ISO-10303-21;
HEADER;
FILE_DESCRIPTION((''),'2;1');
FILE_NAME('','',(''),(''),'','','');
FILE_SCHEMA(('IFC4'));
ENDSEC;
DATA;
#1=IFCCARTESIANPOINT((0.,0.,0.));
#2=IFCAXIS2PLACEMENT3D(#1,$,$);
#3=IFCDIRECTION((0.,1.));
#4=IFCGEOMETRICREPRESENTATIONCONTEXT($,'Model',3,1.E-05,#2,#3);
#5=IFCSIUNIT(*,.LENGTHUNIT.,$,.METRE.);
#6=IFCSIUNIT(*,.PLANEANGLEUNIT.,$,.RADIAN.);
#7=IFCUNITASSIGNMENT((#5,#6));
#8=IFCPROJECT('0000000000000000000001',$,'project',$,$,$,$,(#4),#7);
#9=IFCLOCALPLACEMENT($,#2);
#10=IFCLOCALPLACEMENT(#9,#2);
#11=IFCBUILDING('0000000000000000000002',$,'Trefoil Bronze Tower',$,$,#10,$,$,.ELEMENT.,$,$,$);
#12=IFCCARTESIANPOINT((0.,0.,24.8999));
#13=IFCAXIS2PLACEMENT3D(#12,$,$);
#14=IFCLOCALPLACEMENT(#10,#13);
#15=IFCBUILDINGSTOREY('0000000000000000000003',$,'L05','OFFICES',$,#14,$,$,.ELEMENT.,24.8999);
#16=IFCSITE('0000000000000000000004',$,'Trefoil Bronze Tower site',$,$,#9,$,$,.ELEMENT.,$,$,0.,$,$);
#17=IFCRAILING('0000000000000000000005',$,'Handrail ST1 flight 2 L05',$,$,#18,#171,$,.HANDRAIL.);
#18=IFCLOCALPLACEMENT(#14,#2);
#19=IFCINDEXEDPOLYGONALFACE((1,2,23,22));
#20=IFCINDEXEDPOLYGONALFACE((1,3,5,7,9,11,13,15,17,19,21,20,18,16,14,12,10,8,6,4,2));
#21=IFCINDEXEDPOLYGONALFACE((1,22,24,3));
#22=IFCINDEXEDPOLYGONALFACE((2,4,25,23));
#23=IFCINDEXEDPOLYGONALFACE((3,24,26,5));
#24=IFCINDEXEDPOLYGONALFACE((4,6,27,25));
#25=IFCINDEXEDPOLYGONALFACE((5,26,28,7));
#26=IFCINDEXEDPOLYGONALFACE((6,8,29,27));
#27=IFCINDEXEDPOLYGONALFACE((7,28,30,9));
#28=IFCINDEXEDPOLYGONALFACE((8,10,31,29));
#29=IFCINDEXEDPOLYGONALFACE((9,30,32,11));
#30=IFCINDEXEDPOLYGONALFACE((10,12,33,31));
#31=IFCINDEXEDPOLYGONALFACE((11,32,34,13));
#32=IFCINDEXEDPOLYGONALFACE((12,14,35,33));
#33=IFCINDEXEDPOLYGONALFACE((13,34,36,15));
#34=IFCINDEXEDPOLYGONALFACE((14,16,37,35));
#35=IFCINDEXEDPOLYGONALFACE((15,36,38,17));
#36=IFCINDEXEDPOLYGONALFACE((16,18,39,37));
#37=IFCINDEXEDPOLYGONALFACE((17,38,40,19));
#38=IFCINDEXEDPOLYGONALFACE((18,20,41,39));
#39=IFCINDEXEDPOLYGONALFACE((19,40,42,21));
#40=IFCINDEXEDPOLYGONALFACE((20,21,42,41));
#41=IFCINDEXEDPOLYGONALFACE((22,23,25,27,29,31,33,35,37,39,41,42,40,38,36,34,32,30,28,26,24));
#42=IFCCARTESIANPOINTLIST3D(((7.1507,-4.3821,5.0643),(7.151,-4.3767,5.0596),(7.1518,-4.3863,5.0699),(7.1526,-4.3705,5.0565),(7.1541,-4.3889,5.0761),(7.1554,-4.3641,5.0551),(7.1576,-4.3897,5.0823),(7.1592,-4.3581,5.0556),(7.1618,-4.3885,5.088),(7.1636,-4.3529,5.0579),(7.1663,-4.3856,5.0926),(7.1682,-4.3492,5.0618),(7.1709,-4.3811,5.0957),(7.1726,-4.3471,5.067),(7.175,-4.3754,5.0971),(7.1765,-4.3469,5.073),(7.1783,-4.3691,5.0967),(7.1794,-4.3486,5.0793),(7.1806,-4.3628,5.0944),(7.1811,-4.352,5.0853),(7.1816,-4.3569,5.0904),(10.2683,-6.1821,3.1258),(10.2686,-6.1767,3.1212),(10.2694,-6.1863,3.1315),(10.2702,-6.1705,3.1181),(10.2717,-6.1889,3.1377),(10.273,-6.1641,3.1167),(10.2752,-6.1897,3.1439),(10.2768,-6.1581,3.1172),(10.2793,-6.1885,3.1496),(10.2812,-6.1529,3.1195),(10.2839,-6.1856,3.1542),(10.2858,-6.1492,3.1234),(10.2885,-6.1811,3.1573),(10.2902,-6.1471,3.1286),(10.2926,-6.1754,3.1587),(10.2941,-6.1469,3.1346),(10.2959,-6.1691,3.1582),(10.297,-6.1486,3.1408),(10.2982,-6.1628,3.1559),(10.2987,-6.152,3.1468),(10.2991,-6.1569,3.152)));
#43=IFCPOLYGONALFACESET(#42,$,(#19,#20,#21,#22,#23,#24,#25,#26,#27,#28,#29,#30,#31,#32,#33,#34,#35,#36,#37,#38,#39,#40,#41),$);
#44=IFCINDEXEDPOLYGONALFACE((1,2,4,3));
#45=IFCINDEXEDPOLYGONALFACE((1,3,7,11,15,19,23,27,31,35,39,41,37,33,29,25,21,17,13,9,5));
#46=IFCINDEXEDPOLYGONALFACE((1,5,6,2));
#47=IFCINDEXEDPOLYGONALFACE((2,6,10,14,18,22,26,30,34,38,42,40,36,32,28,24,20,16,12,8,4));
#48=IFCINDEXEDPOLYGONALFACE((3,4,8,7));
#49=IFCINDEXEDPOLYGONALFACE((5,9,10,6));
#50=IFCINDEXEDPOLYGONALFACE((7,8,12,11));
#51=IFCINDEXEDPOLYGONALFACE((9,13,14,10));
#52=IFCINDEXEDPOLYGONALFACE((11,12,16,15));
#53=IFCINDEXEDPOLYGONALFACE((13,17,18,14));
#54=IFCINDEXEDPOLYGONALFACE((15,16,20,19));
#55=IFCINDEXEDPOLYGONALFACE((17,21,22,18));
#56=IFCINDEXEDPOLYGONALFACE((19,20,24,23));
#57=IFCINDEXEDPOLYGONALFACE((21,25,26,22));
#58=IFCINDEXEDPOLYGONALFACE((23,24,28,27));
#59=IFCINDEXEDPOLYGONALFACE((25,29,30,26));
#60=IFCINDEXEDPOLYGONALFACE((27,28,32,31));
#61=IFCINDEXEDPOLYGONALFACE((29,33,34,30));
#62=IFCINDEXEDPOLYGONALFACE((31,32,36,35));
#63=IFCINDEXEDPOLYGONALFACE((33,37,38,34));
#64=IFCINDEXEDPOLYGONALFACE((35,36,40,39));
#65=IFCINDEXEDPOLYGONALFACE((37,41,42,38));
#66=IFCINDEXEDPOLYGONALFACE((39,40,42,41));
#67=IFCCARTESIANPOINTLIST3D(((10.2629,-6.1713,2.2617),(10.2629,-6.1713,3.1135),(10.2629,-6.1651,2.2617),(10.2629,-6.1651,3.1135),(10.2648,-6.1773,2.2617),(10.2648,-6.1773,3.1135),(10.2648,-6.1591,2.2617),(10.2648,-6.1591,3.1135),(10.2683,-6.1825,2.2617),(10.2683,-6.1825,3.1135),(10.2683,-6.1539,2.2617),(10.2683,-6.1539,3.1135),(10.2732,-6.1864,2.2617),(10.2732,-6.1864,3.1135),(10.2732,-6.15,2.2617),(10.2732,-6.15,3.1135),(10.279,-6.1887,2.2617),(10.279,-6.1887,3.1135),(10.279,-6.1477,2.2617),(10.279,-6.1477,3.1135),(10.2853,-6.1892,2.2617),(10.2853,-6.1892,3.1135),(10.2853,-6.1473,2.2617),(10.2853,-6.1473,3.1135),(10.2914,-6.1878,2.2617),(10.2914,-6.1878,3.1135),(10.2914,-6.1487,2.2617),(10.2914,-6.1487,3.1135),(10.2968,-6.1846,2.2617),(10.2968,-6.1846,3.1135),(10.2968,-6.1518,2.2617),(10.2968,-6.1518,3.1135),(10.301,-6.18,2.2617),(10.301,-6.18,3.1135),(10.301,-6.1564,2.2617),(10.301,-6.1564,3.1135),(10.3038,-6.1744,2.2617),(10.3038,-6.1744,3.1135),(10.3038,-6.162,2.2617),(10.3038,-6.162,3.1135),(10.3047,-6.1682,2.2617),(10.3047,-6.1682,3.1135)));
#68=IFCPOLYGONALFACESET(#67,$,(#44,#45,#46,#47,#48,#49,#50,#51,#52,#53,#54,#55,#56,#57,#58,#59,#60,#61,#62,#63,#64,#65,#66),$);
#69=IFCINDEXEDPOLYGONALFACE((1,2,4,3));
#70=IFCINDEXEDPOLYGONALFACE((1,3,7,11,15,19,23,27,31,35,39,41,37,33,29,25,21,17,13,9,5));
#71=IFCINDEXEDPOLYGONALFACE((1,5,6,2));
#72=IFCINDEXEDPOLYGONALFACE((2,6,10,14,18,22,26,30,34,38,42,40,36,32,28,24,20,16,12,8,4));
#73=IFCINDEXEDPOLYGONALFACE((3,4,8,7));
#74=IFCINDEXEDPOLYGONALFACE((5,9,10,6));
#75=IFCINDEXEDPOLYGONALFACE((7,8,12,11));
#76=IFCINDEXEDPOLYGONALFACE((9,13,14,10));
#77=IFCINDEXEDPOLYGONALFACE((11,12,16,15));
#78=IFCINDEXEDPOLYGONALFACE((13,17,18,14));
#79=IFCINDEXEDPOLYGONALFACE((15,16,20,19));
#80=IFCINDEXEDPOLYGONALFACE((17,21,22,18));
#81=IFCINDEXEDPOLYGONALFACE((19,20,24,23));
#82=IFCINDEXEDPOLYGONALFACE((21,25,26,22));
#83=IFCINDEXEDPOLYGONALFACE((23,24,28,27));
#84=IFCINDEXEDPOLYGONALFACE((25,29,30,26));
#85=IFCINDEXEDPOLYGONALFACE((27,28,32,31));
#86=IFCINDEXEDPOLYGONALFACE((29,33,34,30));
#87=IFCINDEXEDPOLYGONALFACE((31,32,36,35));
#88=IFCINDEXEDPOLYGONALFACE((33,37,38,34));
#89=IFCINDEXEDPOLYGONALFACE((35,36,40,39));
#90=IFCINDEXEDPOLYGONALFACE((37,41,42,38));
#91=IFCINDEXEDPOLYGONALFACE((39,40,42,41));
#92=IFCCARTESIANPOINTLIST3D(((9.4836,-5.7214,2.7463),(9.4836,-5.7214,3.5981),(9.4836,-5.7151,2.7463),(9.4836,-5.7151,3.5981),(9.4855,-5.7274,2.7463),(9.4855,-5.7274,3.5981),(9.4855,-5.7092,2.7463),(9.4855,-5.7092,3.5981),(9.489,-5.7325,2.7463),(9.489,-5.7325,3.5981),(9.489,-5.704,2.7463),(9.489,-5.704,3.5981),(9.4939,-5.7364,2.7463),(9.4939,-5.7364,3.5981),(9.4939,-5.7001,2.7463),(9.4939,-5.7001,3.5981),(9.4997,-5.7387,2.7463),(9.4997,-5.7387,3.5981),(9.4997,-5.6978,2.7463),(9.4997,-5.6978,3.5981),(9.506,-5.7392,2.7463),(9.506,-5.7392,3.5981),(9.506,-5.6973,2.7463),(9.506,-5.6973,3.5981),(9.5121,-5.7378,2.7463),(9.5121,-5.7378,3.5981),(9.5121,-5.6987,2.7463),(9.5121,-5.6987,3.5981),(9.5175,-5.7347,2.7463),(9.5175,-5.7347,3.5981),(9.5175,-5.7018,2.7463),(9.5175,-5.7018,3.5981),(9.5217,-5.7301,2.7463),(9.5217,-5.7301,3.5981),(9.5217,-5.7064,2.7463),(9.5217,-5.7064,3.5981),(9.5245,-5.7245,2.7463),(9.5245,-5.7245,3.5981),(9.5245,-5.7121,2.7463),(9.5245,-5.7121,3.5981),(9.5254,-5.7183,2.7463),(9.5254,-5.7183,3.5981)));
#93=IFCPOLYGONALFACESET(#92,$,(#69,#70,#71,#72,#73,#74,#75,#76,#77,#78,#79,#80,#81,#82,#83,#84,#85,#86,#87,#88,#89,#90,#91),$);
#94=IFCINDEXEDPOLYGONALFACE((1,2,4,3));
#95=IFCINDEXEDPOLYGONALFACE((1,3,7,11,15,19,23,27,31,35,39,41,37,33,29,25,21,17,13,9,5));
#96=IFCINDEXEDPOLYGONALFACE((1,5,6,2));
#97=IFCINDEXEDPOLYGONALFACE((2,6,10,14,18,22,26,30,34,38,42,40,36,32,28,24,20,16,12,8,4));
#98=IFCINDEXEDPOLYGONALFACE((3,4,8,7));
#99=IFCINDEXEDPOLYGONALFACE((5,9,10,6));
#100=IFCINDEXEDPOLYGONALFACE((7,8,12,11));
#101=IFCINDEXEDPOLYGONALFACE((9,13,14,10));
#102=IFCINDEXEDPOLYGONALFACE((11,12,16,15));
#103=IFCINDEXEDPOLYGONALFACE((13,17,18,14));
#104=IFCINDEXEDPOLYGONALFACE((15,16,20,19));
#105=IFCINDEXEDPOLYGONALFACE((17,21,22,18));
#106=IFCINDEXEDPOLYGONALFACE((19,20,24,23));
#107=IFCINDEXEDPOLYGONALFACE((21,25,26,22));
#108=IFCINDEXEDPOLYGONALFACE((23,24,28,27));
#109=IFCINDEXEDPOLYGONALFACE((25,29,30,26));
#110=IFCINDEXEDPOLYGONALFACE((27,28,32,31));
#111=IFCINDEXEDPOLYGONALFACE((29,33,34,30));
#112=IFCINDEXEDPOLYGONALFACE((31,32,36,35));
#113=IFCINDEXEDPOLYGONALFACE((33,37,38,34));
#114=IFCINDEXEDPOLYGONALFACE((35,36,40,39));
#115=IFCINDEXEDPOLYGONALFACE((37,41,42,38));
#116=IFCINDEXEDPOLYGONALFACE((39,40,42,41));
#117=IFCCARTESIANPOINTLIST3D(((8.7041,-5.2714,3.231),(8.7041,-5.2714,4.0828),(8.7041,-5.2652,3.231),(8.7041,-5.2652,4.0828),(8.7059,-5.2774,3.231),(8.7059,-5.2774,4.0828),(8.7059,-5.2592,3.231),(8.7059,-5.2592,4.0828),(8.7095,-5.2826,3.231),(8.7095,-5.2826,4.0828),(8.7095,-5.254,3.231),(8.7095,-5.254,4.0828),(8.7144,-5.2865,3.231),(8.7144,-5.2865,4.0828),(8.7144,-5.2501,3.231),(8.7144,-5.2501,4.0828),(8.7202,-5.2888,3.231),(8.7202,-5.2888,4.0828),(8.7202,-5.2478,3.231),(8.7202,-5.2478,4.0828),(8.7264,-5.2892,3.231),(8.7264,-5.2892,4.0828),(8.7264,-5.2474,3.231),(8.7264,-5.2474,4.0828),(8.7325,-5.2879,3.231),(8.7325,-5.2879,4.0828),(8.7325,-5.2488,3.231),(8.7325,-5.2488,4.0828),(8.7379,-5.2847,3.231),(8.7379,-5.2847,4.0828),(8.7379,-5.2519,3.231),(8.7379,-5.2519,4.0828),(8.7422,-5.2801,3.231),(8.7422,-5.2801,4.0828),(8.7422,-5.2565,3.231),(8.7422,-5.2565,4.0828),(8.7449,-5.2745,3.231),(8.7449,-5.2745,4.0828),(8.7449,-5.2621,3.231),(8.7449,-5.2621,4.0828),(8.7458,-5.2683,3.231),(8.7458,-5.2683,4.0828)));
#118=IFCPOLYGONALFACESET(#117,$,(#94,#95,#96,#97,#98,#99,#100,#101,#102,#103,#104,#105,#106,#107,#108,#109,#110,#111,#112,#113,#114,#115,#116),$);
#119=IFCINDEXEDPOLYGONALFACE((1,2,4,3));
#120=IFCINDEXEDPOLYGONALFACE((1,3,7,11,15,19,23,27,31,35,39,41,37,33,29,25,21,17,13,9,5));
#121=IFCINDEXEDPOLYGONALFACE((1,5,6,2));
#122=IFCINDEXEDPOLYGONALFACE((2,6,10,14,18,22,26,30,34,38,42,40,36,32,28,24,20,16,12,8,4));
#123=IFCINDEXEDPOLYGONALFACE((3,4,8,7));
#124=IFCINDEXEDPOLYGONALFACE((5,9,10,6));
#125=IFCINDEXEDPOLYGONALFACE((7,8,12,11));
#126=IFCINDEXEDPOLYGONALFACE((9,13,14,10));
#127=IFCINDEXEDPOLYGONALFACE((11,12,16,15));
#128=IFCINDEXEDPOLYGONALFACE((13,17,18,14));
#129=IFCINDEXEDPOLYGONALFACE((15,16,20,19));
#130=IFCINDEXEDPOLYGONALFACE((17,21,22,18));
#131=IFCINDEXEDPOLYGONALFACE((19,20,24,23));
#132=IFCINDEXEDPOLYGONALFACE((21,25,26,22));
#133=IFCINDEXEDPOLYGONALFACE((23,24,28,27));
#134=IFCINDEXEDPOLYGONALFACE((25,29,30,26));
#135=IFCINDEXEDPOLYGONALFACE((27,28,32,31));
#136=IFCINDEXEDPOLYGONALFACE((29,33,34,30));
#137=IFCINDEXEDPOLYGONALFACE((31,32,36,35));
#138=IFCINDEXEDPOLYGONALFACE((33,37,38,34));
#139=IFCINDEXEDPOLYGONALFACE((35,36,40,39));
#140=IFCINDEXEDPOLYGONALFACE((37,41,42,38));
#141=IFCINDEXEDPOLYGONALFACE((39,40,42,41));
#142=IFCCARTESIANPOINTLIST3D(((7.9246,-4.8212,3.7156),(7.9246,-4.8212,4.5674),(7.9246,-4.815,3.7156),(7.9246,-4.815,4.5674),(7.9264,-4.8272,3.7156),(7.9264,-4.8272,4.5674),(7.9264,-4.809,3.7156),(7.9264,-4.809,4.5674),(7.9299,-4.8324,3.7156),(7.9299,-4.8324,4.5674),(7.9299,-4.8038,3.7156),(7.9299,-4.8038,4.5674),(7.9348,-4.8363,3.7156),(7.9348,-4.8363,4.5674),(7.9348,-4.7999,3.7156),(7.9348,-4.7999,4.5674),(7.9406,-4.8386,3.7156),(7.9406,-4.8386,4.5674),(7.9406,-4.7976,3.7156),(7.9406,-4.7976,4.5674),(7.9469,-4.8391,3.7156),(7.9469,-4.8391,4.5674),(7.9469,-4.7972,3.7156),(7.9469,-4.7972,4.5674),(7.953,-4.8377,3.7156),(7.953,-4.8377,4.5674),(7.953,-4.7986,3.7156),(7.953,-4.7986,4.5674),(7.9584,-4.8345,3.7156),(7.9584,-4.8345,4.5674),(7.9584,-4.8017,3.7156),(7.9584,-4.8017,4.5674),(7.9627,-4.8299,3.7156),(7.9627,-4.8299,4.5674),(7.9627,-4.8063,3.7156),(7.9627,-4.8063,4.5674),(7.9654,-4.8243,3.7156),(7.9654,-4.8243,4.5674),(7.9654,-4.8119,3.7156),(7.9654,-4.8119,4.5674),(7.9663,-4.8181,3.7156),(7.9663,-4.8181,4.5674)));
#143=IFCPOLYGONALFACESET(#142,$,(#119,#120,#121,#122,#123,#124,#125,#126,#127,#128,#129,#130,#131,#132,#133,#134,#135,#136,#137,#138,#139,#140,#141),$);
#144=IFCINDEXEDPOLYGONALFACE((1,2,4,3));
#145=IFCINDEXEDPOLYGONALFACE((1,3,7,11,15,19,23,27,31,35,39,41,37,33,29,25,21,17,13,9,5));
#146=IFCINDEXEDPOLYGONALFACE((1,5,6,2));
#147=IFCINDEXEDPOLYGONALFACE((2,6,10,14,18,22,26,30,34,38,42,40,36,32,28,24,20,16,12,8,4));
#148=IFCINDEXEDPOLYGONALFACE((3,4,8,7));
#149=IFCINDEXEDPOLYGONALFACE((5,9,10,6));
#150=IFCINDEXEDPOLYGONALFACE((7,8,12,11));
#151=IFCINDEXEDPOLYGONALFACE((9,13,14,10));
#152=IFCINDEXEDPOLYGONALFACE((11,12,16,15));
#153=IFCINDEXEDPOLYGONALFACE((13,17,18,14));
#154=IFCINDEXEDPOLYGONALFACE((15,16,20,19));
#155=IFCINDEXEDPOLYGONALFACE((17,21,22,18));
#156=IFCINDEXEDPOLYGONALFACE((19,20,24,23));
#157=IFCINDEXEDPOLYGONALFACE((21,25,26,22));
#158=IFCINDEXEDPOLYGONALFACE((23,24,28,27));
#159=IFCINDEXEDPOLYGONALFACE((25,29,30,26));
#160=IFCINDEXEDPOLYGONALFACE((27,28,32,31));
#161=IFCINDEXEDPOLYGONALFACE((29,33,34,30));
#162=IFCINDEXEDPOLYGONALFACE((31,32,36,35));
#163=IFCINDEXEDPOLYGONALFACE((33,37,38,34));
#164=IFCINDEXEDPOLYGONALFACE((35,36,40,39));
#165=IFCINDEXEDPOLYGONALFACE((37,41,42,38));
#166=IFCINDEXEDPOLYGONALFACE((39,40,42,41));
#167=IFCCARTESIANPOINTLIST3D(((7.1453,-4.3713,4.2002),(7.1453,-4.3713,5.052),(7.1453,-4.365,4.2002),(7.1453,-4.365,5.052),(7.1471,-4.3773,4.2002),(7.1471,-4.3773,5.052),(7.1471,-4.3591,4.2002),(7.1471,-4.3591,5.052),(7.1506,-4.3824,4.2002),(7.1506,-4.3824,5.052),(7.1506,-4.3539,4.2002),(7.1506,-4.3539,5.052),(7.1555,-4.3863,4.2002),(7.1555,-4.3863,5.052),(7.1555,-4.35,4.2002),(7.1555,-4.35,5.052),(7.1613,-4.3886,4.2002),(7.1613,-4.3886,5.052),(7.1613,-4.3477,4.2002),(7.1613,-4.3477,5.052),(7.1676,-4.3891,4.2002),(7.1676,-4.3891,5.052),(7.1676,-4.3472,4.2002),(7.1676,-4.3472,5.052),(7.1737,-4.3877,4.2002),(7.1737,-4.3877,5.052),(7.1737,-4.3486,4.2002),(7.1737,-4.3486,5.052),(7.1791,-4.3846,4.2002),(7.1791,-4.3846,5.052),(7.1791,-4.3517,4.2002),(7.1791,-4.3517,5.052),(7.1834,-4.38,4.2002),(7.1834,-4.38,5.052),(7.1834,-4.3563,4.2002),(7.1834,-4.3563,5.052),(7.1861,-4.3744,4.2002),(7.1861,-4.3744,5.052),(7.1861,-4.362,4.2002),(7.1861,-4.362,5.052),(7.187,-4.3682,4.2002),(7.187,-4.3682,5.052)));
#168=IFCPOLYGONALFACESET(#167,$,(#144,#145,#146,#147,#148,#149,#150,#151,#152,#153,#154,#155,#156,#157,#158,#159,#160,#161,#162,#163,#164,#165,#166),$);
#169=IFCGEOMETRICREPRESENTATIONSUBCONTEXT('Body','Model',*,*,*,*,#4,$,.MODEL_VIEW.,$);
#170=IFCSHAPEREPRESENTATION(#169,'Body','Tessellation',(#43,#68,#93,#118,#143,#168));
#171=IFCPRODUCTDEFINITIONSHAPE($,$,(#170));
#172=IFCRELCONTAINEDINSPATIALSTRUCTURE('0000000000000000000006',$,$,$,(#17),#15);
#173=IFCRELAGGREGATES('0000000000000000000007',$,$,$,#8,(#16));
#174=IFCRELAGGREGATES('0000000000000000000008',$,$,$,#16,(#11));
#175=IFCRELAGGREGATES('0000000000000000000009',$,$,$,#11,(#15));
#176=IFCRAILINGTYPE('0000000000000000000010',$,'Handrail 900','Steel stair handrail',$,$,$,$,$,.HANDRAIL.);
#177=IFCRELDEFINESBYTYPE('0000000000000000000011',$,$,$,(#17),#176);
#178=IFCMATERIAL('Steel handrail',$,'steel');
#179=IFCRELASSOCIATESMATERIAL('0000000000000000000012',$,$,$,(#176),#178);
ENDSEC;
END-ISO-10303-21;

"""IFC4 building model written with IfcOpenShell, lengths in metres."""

from ifc_helpers import new_model, si_unit, direction, frame, origin, origin_2d, place, context, subcontext, project, spatial, circle, extrude, material, type_object, element, save


model = new_model("IFC4")

# Units and contexts
model_context = context("Model", 3, precision=1e-05, world=origin(), true_north=direction((0.0, 1.0)))
body_context = subcontext(model_context, "Body", "Model", "MODEL_VIEW")
ifc_project = project(units=[si_unit("LENGTHUNIT", "METRE"), si_unit("PLANEANGLEUNIT", "RADIAN")], contexts=[model_context])

# Site, building, storey
site_placement = place(None, origin())
site = spatial("IfcSite", under=ifc_project, at=site_placement, Name="Trefoil Bronze Tower site", CompositionType="ELEMENT", RefElevation=0.0)
building_placement = place(site_placement, origin())
building = spatial("IfcBuilding", under=site, at=building_placement, Name="Trefoil Bronze Tower", CompositionType="ELEMENT")
storey_placement = place(building_placement, frame((0.0, 0.0, 24.8999)))
storey = spatial("IfcBuildingStorey", under=building, at=storey_placement, Name="L05", Description="OFFICES", CompositionType="ELEMENT", Elevation=24.8999)

# Railing
ifc_material_1 = material(Name="Steel handrail", Category="steel")
railing_type = type_object("IfcRailingType", Name="Handrail 900", Description="Steel stair handrail", PredefinedType="HANDRAIL", material=ifc_material_1)
railing_1_placement = place(storey_placement, frame((10.2837, -6.1682, 2.2617)))
element("IfcRailing", 1, at=railing_1_placement, inside=storey, type_object=railing_type, Name="Handrail ST1 flight 2 L05", PredefinedType="HANDRAIL", context=body_context, shape_type="SweptSolid", body=[
    extrude(circle(Radius=0.0239, at=origin_2d()), frame((0.0, 0.0, 0.876), z_axis=(-0.762503, 0.440246, 0.474102), x_axis=(-0.500012, -0.866018, 0.0)), (0.0, 0.0, 1.0), 4.0886),
    extrude(circle(Radius=0.021, at=origin_2d()), origin(), (0.0, 0.0, 1.0), 0.8518),
    extrude(circle(Radius=0.021, at=origin_2d()), frame((-0.7793, 0.45, 0.4846)), (0.0, 0.0, 1.0), 0.8518),
    extrude(circle(Radius=0.021, at=origin_2d()), frame((-1.5588, 0.8999, 0.9692)), (0.0, 0.0, 1.0), 0.8518),
    extrude(circle(Radius=0.021, at=origin_2d()), frame((-2.3384, 1.3501, 1.4539)), (0.0, 0.0, 1.0), 0.8518),
    extrude(circle(Radius=0.021, at=origin_2d()), frame((-3.1177, 1.8, 1.9385)), (0.0, 0.0, 1.0), 0.8518),
])

save(model, "model.ifc")
